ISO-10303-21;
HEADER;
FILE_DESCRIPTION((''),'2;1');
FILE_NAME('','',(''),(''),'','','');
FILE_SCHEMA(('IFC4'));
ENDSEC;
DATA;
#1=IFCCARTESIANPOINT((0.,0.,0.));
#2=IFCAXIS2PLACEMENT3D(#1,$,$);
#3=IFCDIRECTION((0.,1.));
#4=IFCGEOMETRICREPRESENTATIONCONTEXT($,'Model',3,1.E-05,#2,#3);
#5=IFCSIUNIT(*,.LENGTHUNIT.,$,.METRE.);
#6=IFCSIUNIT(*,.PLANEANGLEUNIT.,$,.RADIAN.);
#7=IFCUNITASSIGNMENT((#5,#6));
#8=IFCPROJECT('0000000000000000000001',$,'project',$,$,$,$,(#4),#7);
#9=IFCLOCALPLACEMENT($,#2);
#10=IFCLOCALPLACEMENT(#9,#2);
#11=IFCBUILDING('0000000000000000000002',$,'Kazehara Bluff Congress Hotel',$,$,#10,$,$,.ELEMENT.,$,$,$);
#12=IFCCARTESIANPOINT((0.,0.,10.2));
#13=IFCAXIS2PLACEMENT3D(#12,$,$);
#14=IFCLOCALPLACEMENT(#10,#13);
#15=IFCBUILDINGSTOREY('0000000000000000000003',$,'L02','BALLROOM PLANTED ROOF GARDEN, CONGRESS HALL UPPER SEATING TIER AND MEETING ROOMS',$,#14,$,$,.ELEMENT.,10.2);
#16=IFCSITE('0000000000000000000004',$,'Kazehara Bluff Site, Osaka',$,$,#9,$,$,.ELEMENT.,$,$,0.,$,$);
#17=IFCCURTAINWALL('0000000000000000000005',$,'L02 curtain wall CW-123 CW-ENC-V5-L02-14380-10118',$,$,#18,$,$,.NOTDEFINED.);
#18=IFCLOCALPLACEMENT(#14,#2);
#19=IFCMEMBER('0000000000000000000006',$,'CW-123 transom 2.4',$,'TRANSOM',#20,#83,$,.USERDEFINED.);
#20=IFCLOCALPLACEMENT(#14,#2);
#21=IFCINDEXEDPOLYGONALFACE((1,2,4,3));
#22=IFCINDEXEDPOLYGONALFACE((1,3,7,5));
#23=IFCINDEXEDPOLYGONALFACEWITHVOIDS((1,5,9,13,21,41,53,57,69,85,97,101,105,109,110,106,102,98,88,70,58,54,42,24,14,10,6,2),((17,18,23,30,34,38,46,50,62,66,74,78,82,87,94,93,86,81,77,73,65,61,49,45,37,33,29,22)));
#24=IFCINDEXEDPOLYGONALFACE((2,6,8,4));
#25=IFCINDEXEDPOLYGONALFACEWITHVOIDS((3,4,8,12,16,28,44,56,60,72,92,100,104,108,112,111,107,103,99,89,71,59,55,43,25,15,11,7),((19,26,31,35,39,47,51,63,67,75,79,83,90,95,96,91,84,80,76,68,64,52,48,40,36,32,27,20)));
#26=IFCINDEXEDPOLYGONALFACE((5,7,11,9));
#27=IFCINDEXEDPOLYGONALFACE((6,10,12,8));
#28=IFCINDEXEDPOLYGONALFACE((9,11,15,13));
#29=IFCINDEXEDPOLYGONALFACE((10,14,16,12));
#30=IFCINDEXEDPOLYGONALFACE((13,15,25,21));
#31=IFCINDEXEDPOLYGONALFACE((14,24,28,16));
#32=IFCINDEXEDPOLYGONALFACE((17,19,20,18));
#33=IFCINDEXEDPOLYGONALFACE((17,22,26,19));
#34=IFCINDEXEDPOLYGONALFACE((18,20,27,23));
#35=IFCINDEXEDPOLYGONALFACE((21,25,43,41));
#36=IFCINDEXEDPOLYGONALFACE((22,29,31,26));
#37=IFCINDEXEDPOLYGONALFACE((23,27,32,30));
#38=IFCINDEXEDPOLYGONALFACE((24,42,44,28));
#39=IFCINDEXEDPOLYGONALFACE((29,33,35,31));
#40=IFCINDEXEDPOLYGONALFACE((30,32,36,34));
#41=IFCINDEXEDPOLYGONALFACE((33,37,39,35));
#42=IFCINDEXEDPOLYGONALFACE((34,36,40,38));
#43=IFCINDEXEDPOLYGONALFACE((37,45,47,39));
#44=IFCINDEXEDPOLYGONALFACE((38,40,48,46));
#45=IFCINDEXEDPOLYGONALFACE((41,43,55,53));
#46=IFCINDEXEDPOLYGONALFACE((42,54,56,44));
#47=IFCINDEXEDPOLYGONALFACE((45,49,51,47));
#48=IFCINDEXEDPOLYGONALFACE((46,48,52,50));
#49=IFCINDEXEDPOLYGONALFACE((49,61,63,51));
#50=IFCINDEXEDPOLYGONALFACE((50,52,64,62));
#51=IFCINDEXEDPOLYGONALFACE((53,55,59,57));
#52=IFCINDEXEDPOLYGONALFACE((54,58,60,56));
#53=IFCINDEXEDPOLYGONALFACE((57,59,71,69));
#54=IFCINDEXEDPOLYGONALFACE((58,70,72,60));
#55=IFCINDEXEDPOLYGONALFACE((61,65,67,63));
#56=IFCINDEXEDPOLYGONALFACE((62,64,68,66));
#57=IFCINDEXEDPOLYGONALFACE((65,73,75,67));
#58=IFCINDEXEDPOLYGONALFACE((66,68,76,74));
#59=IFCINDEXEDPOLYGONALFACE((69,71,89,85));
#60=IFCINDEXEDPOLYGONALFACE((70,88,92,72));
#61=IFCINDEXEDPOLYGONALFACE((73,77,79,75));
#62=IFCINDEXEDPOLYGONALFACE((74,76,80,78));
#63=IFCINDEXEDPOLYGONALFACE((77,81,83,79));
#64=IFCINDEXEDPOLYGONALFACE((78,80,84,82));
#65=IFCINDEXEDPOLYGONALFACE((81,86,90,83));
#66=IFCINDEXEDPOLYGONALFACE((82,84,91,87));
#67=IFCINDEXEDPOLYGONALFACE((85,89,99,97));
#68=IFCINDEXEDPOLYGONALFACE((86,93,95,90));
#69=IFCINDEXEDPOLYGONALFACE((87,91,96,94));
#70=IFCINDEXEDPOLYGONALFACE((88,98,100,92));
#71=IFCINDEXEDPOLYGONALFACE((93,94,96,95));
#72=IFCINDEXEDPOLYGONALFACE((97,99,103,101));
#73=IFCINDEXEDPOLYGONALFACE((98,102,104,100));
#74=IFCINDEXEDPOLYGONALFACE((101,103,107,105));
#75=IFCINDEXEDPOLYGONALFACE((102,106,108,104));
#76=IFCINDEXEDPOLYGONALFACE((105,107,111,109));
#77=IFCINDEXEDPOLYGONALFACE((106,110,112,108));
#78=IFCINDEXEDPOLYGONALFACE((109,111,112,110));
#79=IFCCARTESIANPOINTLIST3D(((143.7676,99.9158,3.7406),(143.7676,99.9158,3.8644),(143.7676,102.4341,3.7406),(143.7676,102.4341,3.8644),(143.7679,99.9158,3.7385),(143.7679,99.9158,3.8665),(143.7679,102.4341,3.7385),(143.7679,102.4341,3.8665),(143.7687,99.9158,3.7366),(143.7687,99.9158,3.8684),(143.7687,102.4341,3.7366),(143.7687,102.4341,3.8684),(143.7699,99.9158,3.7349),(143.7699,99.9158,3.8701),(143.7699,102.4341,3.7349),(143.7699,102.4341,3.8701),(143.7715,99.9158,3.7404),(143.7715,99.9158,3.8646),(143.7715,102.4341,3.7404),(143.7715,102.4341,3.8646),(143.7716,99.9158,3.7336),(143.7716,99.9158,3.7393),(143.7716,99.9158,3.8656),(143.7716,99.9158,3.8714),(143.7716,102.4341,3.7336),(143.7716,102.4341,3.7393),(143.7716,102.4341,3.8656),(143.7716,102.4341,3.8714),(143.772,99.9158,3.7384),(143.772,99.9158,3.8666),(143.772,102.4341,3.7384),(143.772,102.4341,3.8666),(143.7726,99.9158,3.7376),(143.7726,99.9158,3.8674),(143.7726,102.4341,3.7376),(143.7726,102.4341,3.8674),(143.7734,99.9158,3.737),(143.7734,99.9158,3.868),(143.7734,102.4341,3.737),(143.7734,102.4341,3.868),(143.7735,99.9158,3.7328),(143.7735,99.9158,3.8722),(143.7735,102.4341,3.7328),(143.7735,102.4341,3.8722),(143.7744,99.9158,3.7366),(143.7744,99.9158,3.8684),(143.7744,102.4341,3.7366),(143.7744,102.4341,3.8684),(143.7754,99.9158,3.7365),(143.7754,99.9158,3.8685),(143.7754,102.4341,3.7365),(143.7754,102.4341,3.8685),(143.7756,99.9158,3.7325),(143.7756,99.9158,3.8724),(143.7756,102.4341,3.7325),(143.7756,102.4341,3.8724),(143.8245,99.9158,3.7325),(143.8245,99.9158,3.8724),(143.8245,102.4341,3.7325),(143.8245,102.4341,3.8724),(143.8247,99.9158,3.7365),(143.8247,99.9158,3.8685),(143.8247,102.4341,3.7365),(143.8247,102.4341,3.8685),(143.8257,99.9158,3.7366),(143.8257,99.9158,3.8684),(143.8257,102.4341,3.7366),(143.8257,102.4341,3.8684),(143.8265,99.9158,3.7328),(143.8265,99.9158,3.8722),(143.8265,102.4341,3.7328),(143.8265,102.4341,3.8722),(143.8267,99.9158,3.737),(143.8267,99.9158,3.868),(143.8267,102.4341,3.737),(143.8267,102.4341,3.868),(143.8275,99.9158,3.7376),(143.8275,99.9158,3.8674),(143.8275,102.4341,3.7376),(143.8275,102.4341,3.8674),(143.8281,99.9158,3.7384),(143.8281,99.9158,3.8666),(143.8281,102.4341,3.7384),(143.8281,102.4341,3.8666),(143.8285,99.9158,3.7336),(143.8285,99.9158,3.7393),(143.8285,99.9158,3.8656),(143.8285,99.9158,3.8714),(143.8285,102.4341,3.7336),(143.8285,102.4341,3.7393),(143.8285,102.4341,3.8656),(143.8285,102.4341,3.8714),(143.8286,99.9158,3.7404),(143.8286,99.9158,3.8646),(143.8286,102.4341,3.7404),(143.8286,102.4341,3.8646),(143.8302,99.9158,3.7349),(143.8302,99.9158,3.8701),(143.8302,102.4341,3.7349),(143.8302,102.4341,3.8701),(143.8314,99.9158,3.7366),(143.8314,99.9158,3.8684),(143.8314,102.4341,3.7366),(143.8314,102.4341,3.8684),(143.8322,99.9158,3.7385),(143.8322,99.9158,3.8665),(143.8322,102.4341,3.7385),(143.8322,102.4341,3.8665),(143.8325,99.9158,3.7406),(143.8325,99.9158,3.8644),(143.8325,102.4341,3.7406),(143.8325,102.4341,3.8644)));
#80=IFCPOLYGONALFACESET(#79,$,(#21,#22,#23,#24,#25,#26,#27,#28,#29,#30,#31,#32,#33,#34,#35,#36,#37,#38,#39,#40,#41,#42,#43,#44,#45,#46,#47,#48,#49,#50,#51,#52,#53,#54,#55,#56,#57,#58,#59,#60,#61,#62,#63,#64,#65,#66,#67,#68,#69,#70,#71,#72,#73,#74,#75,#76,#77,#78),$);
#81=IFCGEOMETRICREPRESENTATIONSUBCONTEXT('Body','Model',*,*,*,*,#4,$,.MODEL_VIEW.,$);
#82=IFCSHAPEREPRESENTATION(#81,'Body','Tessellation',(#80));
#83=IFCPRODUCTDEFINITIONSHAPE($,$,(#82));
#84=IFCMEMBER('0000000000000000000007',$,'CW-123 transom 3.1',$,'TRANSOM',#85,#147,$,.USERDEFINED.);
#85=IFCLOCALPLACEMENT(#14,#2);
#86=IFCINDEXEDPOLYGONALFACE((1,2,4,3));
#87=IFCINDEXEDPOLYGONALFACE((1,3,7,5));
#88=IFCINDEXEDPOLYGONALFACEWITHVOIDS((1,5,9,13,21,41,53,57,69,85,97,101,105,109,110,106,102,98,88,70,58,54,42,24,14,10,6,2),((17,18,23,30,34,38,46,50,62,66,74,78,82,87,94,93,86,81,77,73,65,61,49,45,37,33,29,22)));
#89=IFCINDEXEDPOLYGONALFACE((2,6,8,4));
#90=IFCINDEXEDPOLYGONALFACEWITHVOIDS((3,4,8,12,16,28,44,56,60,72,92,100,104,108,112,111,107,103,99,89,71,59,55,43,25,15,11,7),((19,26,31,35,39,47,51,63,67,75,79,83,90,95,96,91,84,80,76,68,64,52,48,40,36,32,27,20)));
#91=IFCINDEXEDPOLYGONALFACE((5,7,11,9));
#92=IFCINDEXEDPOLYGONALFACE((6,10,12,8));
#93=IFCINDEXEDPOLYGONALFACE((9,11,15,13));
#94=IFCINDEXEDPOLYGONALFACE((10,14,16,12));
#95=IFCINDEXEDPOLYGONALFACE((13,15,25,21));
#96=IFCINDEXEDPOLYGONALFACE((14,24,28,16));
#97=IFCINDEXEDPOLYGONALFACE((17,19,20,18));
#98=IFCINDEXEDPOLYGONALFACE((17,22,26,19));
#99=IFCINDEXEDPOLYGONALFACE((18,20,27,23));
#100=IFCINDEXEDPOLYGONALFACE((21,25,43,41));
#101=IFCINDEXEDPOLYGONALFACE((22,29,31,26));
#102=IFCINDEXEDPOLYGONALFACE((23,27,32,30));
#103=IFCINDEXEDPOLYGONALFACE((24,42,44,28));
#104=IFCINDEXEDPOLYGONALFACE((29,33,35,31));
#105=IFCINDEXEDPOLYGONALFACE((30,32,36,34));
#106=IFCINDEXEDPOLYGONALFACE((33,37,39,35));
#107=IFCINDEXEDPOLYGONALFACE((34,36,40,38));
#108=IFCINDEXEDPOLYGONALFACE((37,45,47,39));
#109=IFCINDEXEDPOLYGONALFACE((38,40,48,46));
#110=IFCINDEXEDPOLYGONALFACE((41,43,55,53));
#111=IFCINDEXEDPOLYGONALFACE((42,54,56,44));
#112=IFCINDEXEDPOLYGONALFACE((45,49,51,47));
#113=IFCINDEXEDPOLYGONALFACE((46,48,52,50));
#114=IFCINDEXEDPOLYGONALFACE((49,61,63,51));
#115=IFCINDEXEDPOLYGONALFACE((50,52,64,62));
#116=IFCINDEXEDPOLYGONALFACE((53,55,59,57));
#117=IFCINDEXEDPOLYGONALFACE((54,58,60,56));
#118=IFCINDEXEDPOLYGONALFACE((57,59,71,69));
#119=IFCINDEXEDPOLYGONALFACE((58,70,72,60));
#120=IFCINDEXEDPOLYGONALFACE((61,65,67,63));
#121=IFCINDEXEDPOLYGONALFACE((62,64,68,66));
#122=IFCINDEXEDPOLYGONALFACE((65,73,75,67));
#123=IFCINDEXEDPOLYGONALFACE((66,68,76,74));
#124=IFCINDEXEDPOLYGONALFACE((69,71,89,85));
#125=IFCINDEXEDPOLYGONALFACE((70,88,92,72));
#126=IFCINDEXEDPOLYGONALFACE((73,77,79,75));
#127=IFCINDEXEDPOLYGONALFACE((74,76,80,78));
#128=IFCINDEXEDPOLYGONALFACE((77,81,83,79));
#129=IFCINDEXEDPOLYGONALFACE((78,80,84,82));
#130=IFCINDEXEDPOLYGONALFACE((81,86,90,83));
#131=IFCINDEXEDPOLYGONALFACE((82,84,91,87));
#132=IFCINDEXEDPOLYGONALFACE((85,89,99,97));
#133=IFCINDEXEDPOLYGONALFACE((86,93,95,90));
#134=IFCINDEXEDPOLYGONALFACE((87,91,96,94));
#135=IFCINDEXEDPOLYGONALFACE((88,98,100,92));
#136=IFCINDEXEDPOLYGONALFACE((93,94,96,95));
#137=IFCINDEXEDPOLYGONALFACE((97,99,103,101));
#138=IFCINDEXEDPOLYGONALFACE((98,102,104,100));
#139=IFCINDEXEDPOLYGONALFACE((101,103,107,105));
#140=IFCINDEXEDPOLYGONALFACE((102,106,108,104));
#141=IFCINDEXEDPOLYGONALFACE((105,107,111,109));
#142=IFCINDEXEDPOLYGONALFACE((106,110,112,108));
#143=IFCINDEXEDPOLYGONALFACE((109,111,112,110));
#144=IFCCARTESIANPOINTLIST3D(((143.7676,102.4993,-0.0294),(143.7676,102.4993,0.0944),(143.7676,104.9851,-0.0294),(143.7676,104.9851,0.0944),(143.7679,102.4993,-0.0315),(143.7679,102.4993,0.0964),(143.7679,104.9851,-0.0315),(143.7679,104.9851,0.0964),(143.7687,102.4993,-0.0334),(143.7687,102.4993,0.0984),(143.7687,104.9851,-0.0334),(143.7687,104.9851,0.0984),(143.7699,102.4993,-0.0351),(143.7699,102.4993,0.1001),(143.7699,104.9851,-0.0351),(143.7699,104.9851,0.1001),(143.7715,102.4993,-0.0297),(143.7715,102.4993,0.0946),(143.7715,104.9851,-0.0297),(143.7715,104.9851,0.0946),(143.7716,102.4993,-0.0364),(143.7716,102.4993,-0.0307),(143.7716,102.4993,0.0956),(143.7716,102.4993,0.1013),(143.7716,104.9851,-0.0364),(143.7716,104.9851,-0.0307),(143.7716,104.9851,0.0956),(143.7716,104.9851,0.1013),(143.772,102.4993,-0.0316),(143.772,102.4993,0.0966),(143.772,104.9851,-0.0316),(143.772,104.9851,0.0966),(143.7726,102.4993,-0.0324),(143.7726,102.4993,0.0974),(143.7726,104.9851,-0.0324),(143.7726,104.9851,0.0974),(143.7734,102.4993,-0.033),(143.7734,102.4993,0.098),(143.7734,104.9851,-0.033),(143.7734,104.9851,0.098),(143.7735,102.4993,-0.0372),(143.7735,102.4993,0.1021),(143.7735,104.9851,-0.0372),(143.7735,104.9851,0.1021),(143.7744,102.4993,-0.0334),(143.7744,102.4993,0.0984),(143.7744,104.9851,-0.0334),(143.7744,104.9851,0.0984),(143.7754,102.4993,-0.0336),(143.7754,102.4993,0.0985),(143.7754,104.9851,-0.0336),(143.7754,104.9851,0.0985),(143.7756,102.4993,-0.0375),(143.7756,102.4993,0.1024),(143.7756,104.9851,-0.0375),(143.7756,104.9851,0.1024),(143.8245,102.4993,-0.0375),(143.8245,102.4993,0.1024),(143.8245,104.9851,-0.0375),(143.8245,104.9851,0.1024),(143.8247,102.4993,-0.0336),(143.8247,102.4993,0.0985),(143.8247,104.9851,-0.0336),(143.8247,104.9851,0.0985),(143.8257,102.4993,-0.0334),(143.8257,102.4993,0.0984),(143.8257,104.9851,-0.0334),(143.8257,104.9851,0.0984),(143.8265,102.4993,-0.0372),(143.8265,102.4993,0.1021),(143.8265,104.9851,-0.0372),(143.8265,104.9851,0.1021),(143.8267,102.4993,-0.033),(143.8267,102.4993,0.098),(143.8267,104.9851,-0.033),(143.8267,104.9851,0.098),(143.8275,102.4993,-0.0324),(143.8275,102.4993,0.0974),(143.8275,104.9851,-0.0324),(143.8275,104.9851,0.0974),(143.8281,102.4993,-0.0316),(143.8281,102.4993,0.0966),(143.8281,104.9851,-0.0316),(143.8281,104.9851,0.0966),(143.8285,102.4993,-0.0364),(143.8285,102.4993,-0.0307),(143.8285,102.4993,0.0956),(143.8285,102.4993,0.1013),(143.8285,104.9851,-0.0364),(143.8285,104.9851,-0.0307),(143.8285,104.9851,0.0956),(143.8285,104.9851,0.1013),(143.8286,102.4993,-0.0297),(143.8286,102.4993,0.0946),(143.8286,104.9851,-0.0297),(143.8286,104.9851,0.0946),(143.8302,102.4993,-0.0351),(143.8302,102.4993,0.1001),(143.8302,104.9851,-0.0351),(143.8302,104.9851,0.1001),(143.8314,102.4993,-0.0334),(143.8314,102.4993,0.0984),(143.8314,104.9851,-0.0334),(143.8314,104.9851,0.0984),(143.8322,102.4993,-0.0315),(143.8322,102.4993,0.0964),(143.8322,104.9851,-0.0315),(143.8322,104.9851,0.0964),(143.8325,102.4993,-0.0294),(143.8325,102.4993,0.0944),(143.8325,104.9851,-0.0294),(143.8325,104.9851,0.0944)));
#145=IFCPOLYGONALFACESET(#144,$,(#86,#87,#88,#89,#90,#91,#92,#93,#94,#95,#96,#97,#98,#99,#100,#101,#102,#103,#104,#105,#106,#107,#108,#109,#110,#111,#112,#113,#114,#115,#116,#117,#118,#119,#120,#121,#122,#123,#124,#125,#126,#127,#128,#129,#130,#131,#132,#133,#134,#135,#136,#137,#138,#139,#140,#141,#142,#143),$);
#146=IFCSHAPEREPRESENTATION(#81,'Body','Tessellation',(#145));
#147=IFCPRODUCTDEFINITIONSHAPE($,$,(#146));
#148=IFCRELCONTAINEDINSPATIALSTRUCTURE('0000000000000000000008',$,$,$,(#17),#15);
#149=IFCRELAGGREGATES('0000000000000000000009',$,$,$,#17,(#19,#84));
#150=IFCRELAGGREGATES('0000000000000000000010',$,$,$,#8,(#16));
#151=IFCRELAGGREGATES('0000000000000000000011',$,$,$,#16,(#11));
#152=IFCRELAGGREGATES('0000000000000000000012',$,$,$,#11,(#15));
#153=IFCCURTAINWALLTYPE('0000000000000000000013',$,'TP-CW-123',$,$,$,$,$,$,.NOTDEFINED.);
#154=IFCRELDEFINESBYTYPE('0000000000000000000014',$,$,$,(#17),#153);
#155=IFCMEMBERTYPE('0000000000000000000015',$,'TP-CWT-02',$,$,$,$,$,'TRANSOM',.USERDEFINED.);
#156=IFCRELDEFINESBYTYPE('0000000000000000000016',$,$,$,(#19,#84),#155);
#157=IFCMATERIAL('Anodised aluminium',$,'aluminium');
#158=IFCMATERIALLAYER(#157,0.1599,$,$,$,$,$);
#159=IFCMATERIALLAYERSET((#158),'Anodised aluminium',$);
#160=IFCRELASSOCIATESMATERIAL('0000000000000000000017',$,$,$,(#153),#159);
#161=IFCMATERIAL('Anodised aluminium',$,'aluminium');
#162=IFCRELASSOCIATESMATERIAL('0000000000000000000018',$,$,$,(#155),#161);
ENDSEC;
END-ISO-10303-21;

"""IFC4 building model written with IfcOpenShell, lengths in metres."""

from ifc_helpers import new_model, si_unit, direction, frame, origin, origin_2d, place, context, subcontext, project, spatial, hollow_rectangle, extrude, material, layer, layer_set, material_profile, profile_set, type_object, element, aggregate, save


model = new_model("IFC4")

# Units and contexts
model_context = context("Model", 3, precision=1e-05, world=origin(), true_north=direction((0.0, 1.0)))
body_context = subcontext(model_context, "Body", "Model", "MODEL_VIEW")
ifc_project = project(units=[si_unit("LENGTHUNIT", "METRE"), si_unit("PLANEANGLEUNIT", "RADIAN")], contexts=[model_context])

# Site, building, storey
site_placement = place(None, origin())
site = spatial("IfcSite", under=ifc_project, at=site_placement, Name="Kazehara Bluff Site, Osaka", CompositionType="ELEMENT", RefElevation=0.0)
building_placement = place(site_placement, origin())
building = spatial("IfcBuilding", under=site, at=building_placement, Name="Kazehara Bluff Congress Hotel", CompositionType="ELEMENT")
storey_placement = place(building_placement, frame((0.0, 0.0, 10.2)))
storey = spatial("IfcBuildingStorey", under=building, at=storey_placement, Name="L02", Description="BALLROOM PLANTED ROOF GARDEN, CONGRESS HALL UPPER SEATING TIER AND MEETING ROOMS", CompositionType="ELEMENT", Elevation=10.2)

# Curtain wall
ifc_material_1 = material(Name="Anodised aluminium", Category="aluminium")
ifc_layer_1 = layer(ifc_material_1, 0.1599)
ifc_layer_set_1 = layer_set([ifc_layer_1], Name="Anodised aluminium")
curtain_wall_type_1 = type_object("IfcCurtainWallType", Name="TP-CW-123", PredefinedType="NOTDEFINED", material=ifc_layer_set_1)
curtain_wall_1_placement = place(storey_placement, origin())
curtain_wall_1 = element("IfcCurtainWall", 1, at=curtain_wall_1_placement, inside=storey, type_object=curtain_wall_type_1, Name="L02 curtain wall CW-123 CW-ENC-V5-L02-14380-10118", PredefinedType="NOTDEFINED")

# Members
ifc_material_2 = material(Name="Anodised aluminium", Category="aluminium")
ifc_material_profile_1 = material_profile(ifc_material_2, hollow_rectangle(XDim=0.0649, YDim=0.1399, WallThickness=0.0039, InnerFilletRadius=0.0039, OuterFilletRadius=0.0081, at=origin_2d()))
ifc_profile_set_1 = profile_set([ifc_material_profile_1], Name="Anodised aluminium")
member_type_1 = type_object("IfcMemberType", Name="TP-CWT-02", ElementType="TRANSOM", PredefinedType="USERDEFINED", material=ifc_profile_set_1)
member_1_placement = place(storey_placement, frame((143.8, 99.9158, 3.8025), z_axis=(0.0, 1.0, 0.0), x_axis=(-1.0, 0.0, 0.0)))
member_1 = element("IfcMember", 2, at=member_1_placement, type_object=member_type_1, Name="CW-123 transom 2.4", ObjectType="TRANSOM", PredefinedType="USERDEFINED", context=body_context, shape_type="SweptSolid", body=[
    extrude(hollow_rectangle(XDim=0.0649, YDim=0.1399, WallThickness=0.0039, InnerFilletRadius=0.0039, OuterFilletRadius=0.0081, at=origin_2d()), origin(), (0.0, 0.0, 1.0), 2.5183),
])
member_2_placement = place(storey_placement, frame((143.8, 102.4993, 0.0325), z_axis=(0.0, 1.0, 0.0), x_axis=(-1.0, 0.0, 0.0)))
member_2 = element("IfcMember", 3, at=member_2_placement, type_object=member_type_1, Name="CW-123 transom 3.1", ObjectType="TRANSOM", PredefinedType="USERDEFINED", context=body_context, shape_type="SweptSolid", body=[
    extrude(hollow_rectangle(XDim=0.0649, YDim=0.1399, WallThickness=0.0039, InnerFilletRadius=0.0039, OuterFilletRadius=0.0081, at=origin_2d()), origin(), (0.0, 0.0, 1.0), 2.4858),
])

aggregate(curtain_wall_1, [member_1, member_2])

save(model, "model.ifc")
